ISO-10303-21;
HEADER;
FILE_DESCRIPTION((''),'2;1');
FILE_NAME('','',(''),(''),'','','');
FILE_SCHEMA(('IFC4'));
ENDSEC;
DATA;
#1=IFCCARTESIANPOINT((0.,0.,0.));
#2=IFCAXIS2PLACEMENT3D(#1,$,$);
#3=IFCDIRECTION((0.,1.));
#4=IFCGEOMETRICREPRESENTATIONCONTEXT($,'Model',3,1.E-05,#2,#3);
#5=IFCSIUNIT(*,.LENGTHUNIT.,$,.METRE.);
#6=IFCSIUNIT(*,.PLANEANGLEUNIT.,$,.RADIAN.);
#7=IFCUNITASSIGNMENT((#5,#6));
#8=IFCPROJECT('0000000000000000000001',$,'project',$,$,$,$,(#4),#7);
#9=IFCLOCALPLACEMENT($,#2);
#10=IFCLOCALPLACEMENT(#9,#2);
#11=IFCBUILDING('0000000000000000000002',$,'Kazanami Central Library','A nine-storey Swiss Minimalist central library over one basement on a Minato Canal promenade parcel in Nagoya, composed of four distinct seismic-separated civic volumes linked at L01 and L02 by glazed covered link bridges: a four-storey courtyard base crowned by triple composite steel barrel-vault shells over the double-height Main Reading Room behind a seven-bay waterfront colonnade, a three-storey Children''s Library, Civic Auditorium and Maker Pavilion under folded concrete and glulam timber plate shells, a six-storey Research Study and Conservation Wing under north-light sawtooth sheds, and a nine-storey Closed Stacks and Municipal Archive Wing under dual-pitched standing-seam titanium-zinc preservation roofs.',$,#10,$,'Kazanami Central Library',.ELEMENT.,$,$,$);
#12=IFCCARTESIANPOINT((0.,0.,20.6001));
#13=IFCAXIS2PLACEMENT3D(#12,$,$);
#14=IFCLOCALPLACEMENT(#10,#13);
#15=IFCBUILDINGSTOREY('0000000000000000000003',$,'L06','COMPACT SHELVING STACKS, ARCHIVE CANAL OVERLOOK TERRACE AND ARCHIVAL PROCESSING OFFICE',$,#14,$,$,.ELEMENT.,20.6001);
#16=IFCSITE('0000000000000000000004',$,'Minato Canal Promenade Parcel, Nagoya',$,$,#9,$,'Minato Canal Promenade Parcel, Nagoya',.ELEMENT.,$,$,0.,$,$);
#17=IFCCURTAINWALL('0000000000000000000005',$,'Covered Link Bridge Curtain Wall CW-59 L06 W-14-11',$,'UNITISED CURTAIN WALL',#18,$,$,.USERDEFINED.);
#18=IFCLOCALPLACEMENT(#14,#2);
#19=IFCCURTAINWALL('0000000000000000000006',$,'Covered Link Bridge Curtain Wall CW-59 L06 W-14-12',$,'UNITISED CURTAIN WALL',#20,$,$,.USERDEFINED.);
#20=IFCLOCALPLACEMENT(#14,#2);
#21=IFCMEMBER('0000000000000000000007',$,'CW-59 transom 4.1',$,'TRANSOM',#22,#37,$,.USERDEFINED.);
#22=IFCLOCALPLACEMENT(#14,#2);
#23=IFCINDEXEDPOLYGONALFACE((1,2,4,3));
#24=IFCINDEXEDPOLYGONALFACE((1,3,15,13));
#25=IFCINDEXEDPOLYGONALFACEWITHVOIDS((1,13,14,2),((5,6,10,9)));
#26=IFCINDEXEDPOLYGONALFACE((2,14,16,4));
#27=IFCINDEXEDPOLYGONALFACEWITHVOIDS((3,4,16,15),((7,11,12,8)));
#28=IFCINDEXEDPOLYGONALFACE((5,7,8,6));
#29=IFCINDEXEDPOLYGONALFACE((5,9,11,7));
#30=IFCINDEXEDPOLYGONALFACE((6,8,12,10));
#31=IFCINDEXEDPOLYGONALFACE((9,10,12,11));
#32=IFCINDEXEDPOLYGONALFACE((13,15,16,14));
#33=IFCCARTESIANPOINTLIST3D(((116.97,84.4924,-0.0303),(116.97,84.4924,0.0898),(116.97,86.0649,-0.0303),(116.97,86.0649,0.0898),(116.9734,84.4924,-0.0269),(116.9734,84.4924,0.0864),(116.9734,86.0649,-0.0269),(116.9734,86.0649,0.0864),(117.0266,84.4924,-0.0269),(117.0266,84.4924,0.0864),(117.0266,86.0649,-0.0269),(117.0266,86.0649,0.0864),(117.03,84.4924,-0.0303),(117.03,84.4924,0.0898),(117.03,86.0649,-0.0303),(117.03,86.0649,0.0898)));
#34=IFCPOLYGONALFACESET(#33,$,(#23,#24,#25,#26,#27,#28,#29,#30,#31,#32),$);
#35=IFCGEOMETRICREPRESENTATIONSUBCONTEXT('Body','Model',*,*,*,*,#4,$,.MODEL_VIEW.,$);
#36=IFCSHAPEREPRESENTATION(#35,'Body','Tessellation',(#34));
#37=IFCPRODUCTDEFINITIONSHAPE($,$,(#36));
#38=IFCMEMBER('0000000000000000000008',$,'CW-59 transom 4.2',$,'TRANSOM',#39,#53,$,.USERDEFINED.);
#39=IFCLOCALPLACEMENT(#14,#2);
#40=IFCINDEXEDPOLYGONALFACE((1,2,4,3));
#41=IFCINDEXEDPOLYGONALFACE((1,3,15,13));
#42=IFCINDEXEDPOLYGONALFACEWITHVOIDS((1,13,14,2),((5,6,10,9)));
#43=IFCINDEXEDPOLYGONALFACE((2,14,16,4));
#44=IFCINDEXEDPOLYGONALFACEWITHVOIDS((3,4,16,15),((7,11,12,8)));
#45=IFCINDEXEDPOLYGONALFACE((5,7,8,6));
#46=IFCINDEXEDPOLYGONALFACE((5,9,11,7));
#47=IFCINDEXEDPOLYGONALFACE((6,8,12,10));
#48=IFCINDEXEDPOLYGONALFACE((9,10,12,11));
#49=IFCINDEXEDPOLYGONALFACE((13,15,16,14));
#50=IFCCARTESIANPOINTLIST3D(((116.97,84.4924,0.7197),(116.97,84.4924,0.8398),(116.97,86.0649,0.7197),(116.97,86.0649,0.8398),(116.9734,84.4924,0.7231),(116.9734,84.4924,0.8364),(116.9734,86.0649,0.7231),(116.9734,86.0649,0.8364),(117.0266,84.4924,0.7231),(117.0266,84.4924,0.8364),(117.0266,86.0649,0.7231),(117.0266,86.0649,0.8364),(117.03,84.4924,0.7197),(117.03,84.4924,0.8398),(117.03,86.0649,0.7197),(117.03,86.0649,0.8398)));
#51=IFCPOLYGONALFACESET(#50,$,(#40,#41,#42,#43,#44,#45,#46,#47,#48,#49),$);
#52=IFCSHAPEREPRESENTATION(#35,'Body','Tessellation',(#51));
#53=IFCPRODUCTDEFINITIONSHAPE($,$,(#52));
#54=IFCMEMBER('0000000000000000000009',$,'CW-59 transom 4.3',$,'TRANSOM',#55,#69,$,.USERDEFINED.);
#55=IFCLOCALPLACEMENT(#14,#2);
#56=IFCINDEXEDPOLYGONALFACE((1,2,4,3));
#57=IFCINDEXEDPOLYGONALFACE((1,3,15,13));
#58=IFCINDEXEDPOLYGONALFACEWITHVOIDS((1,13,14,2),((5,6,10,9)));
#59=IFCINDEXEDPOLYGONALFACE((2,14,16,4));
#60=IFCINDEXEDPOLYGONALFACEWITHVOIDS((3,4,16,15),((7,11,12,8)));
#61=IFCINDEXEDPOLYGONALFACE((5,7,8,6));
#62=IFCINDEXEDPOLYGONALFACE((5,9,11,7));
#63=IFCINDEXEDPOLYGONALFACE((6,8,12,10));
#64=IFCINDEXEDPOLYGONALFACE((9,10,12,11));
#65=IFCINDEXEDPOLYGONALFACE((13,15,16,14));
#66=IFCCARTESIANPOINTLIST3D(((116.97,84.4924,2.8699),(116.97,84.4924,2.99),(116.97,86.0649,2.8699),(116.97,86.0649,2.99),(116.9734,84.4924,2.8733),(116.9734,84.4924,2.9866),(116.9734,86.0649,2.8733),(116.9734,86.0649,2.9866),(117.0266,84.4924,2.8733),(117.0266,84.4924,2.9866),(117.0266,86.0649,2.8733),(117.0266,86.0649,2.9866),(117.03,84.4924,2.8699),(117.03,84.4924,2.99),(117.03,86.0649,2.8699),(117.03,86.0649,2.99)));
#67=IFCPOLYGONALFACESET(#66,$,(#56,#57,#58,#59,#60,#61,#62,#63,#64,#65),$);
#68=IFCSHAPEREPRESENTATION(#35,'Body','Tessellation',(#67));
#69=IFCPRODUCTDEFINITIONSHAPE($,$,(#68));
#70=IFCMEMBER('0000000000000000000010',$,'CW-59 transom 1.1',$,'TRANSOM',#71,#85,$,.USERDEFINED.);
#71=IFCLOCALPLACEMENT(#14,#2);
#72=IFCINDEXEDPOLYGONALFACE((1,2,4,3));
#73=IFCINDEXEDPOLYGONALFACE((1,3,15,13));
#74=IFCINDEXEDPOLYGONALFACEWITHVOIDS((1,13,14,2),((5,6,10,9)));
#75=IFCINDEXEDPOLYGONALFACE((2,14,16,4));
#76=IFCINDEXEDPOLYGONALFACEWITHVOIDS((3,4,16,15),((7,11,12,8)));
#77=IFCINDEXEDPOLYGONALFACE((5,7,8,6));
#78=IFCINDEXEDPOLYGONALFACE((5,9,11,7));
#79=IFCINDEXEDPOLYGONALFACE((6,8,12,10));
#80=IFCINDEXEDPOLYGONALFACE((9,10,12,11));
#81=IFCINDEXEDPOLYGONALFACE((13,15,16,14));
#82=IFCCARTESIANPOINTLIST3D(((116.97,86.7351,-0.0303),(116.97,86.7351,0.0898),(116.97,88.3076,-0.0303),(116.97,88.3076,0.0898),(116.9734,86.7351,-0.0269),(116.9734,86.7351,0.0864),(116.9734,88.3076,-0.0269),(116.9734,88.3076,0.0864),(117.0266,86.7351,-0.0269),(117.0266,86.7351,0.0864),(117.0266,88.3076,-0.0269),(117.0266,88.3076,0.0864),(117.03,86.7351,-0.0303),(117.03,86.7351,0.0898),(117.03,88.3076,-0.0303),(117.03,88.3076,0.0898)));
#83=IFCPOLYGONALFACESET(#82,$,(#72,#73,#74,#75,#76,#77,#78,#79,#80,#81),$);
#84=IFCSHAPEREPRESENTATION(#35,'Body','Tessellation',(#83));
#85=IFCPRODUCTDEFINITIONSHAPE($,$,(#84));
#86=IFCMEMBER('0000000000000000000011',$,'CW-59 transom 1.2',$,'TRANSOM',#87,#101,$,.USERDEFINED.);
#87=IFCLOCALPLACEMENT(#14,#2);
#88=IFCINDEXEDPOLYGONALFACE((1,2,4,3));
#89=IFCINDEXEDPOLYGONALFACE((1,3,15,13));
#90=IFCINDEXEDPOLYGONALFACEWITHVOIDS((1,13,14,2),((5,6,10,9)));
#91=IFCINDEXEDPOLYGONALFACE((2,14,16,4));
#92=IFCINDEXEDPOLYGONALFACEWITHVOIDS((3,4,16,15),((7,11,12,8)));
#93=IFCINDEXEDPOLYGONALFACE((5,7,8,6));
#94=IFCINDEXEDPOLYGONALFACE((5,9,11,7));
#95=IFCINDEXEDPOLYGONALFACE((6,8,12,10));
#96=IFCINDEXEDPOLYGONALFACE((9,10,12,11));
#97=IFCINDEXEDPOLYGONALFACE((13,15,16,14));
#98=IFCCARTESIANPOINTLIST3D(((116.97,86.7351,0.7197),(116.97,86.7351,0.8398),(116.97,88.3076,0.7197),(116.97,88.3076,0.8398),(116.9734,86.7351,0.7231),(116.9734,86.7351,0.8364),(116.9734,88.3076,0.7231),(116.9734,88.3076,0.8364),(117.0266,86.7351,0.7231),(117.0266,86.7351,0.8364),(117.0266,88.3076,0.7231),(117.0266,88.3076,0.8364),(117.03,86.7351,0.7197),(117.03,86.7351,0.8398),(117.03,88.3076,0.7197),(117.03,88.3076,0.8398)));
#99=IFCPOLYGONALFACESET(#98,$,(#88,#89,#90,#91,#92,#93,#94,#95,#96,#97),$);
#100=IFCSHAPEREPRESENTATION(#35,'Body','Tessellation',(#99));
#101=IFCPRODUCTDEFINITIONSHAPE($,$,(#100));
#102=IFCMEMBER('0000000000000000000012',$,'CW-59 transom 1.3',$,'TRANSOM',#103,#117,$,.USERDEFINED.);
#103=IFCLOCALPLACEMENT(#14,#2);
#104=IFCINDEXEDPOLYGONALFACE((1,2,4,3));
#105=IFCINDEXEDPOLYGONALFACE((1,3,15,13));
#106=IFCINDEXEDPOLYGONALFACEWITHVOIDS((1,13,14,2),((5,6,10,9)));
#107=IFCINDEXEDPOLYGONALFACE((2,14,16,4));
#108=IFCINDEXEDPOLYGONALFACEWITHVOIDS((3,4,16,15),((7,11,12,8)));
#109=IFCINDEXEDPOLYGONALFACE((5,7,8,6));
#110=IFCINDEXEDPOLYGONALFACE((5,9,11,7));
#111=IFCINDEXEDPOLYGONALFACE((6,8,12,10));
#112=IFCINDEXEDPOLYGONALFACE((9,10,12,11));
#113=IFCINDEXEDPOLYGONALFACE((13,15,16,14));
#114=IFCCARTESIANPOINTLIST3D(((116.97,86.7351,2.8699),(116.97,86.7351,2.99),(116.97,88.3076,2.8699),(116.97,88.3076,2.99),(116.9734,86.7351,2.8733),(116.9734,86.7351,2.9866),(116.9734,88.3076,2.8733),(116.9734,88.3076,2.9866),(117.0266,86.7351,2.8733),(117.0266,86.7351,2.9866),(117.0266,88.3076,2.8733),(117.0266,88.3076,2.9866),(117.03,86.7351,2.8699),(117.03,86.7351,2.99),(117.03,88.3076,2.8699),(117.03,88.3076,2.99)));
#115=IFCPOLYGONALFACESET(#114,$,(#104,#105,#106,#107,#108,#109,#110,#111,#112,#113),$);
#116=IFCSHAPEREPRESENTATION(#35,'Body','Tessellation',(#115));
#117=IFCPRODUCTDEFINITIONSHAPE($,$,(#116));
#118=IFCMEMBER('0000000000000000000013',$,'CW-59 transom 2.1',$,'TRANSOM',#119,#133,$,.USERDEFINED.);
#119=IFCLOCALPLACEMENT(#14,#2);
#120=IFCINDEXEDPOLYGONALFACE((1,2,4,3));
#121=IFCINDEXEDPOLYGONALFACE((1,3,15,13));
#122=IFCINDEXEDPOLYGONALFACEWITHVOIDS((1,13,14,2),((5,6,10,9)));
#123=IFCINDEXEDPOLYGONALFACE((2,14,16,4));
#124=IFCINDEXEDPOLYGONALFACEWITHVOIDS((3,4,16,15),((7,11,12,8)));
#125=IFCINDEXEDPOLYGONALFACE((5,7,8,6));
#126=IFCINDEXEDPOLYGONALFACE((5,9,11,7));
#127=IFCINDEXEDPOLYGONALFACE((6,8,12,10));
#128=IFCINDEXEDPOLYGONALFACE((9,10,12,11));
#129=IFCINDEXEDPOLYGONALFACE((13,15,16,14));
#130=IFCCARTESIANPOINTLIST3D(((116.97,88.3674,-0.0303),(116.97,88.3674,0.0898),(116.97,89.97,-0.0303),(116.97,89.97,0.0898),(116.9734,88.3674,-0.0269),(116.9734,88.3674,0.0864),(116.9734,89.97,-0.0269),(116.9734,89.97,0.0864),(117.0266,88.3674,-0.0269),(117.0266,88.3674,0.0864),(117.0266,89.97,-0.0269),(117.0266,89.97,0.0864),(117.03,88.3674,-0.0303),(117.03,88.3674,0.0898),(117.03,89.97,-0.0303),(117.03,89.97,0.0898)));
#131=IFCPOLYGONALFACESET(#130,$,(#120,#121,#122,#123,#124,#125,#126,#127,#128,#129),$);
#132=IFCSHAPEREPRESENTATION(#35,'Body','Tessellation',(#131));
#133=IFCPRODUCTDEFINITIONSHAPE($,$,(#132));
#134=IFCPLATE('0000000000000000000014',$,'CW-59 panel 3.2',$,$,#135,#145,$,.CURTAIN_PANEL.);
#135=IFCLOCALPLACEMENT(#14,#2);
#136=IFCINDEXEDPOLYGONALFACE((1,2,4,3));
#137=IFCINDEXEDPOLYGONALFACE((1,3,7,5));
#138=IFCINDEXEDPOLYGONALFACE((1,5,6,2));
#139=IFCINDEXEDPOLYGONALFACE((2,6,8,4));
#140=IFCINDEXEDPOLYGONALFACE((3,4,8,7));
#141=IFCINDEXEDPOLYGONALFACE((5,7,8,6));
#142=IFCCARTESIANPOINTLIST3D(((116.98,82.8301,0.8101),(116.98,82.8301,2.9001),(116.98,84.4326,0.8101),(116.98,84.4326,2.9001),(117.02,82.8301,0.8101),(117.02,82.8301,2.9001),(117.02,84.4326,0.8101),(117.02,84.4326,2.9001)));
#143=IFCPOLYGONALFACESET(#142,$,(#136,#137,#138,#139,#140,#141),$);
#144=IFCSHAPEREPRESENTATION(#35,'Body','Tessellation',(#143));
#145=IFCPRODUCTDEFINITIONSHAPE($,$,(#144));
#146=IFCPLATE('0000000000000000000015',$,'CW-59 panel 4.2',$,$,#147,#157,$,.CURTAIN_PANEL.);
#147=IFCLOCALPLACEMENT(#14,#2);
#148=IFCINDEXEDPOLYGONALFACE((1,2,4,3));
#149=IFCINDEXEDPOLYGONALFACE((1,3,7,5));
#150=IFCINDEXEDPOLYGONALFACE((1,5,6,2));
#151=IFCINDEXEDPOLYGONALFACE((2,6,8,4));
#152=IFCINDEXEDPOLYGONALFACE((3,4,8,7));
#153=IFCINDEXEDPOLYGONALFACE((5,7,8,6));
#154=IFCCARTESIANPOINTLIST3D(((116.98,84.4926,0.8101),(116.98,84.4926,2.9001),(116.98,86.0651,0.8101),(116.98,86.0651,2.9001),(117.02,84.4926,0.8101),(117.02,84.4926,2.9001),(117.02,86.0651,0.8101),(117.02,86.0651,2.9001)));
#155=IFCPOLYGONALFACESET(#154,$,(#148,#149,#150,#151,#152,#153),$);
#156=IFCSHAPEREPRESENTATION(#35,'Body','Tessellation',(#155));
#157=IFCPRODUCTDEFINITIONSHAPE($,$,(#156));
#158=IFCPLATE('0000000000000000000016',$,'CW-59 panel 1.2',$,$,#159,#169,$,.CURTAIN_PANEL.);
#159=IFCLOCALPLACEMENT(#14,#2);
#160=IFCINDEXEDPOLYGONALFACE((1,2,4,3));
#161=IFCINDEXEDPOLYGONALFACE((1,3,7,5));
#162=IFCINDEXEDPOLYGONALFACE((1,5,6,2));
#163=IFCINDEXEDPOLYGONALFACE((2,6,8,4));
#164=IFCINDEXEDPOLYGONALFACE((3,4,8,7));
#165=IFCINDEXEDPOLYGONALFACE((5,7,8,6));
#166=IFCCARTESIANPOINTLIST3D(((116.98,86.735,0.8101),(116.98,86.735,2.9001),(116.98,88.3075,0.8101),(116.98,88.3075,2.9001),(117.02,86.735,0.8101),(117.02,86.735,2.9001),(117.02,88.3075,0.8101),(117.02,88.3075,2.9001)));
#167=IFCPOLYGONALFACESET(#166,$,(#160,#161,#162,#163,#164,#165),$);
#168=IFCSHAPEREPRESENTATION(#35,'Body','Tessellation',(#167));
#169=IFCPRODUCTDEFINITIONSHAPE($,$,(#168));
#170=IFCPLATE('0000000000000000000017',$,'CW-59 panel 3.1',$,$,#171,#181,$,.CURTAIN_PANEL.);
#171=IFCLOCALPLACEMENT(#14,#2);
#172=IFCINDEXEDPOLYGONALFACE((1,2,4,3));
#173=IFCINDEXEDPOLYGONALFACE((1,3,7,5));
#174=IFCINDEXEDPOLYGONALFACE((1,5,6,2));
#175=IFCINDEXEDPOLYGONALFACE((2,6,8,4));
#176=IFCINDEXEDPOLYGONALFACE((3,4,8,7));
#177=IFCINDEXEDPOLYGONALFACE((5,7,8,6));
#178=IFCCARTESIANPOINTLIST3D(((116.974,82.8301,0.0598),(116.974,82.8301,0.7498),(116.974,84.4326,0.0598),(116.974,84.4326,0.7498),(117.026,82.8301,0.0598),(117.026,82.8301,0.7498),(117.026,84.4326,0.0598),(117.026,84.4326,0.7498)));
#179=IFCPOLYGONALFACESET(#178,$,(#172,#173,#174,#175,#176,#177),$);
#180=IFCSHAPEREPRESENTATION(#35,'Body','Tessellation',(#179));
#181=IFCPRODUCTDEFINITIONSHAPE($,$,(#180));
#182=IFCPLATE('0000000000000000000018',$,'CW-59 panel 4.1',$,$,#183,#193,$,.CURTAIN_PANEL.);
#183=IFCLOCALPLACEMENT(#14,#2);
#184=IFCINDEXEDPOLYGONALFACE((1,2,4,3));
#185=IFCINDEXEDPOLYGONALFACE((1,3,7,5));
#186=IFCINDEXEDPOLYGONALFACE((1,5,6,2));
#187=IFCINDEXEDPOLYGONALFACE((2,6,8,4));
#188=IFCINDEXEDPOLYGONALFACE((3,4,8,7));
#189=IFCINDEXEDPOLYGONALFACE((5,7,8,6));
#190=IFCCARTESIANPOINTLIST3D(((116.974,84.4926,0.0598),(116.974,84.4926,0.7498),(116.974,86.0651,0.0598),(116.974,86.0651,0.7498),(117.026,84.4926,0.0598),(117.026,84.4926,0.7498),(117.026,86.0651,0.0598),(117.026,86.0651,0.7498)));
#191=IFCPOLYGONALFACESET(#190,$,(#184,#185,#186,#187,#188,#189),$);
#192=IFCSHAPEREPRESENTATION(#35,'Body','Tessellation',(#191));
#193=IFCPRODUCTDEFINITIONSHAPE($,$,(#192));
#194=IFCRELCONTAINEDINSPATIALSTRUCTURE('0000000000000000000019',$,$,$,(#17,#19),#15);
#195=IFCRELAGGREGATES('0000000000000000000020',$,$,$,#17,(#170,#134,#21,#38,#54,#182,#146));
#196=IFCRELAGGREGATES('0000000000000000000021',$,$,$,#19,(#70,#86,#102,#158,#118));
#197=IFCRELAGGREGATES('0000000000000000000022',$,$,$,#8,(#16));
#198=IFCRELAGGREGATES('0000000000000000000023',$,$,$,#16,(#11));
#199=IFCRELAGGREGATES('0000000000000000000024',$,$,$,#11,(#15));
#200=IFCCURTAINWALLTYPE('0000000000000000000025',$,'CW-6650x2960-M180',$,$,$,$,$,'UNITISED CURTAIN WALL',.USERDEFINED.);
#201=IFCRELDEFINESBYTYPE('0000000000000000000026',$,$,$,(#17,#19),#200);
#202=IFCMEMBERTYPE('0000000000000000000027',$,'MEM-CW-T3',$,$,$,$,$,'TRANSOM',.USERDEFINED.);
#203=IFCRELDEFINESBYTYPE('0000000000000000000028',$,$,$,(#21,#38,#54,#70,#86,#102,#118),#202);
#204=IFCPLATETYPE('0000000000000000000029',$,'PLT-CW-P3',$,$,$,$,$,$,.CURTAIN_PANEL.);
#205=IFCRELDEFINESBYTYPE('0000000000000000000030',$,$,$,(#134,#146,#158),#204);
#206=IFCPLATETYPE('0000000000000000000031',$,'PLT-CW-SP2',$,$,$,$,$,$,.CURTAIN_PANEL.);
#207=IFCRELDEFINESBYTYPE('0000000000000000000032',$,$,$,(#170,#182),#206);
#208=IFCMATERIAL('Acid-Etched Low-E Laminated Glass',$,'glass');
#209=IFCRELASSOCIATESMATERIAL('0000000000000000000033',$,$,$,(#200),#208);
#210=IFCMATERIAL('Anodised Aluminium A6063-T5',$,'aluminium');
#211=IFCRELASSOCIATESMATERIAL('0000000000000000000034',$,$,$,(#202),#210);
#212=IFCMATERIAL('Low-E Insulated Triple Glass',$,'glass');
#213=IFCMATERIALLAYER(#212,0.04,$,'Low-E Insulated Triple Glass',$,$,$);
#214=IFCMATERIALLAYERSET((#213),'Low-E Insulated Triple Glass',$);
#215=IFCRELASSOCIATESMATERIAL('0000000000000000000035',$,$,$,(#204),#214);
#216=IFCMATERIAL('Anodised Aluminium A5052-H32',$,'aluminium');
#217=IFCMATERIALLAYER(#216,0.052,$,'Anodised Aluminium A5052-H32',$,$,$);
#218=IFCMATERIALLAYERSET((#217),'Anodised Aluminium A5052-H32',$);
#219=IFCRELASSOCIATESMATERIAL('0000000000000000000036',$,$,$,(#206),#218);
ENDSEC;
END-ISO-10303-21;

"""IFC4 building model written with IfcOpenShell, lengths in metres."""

from ifc_helpers import new_model, si_unit, direction, frame, origin, origin_2d, place, context, subcontext, project, spatial, rectangle, hollow_rectangle, extrude, material, layer, layer_set, material_profile, profile_set, type_object, element, aggregate, save


model = new_model("IFC4")

# Units and contexts
model_context = context("Model", 3, precision=1e-05, world=origin(), true_north=direction((0.0, 1.0)))
body_context = subcontext(model_context, "Body", "Model", "MODEL_VIEW")
ifc_project = project(units=[si_unit("LENGTHUNIT", "METRE"), si_unit("PLANEANGLEUNIT", "RADIAN")], contexts=[model_context])

# Site, building, storey
site_placement = place(None, origin())
site = spatial("IfcSite", under=ifc_project, at=site_placement, Name="Minato Canal Promenade Parcel, Nagoya", LongName="Minato Canal Promenade Parcel, Nagoya", CompositionType="ELEMENT", RefElevation=0.0)
building_placement = place(site_placement, origin())
building = spatial("IfcBuilding", under=site, at=building_placement, Name="Kazanami Central Library", Description="A nine-storey Swiss Minimalist central library over one basement on a Minato Canal promenade parcel in Nagoya, composed of four distinct seismic-separated civic volumes linked at L01 and L02 by glazed covered link bridges: a four-storey courtyard base crowned by triple composite steel barrel-vault shells over the double-height Main Reading Room behind a seven-bay waterfront colonnade, a three-storey Children's Library, Civic Auditorium and Maker Pavilion under folded concrete and glulam timber plate shells, a six-storey Research Study and Conservation Wing under north-light sawtooth sheds, and a nine-storey Closed Stacks and Municipal Archive Wing under dual-pitched standing-seam titanium-zinc preservation roofs.", LongName="Kazanami Central Library", CompositionType="ELEMENT")
storey_placement = place(building_placement, frame((0.0, 0.0, 20.6001)))
storey = spatial("IfcBuildingStorey", under=building, at=storey_placement, Name="L06", Description="COMPACT SHELVING STACKS, ARCHIVE CANAL OVERLOOK TERRACE AND ARCHIVAL PROCESSING OFFICE", CompositionType="ELEMENT", Elevation=20.6001)

# Curtain walls
ifc_material_1 = material(Name="Acid-Etched Low-E Laminated Glass", Category="glass")
curtain_wall_type = type_object("IfcCurtainWallType", Name="CW-6650x2960-M180", ElementType="UNITISED CURTAIN WALL", PredefinedType="USERDEFINED", material=ifc_material_1)
curtain_wall_1_placement = place(storey_placement, origin())
curtain_wall_1 = element("IfcCurtainWall", 1, at=curtain_wall_1_placement, inside=storey, type_object=curtain_wall_type, Name="Covered Link Bridge Curtain Wall CW-59 L06 W-14-11", ObjectType="UNITISED CURTAIN WALL", PredefinedType="USERDEFINED")
ifc_material_2 = material(Name="Anodised Aluminium A6063-T5", Category="aluminium")
curtain_wall_2_placement = place(storey_placement, origin())
curtain_wall_2 = element("IfcCurtainWall", 2, at=curtain_wall_2_placement, inside=storey, type_object=curtain_wall_type, Name="Covered Link Bridge Curtain Wall CW-59 L06 W-14-12", ObjectType="UNITISED CURTAIN WALL", PredefinedType="USERDEFINED")

# Members
ifc_material_profile_1 = material_profile(ifc_material_2, hollow_rectangle(XDim=0.0601, YDim=0.1201, WallThickness=0.0034, at=origin_2d()), Name="ALU-TRAN-60x120x3.5")
ifc_profile_set_1 = profile_set([ifc_material_profile_1], Name="Anodised Aluminium A6063-T5")
member_type_1 = type_object("IfcMemberType", Name="MEM-CW-T3", ElementType="TRANSOM", PredefinedType="USERDEFINED", material=ifc_profile_set_1)
member_1_placement = place(storey_placement, frame((117.0, 84.4924, 0.0298), z_axis=(0.0, 1.0, 0.0), x_axis=(-1.0, 0.0, 0.0)))
member_1 = element("IfcMember", 3, at=member_1_placement, type_object=member_type_1, Name="CW-59 transom 4.1", ObjectType="TRANSOM", PredefinedType="USERDEFINED", context=body_context, shape_type="SweptSolid", body=[
    extrude(hollow_rectangle(XDim=0.0601, YDim=0.1201, WallThickness=0.0034, at=origin_2d()), origin(), (0.0, 0.0, 1.0), 1.5725),
])
member_2_placement = place(storey_placement, frame((117.0, 84.4924, 0.7798), z_axis=(0.0, 1.0, 0.0), x_axis=(-1.0, 0.0, 0.0)))
member_2 = element("IfcMember", 4, at=member_2_placement, type_object=member_type_1, Name="CW-59 transom 4.2", ObjectType="TRANSOM", PredefinedType="USERDEFINED", context=body_context, shape_type="SweptSolid", body=[
    extrude(hollow_rectangle(XDim=0.0601, YDim=0.1201, WallThickness=0.0034, at=origin_2d()), origin(), (0.0, 0.0, 1.0), 1.5725),
])
member_3_placement = place(storey_placement, frame((117.0, 84.4924, 2.9299), z_axis=(0.0, 1.0, 0.0), x_axis=(-1.0, 0.0, 0.0)))
member_3 = element("IfcMember", 5, at=member_3_placement, type_object=member_type_1, Name="CW-59 transom 4.3", ObjectType="TRANSOM", PredefinedType="USERDEFINED", context=body_context, shape_type="SweptSolid", body=[
    extrude(hollow_rectangle(XDim=0.0601, YDim=0.1201, WallThickness=0.0034, at=origin_2d()), origin(), (0.0, 0.0, 1.0), 1.5725),
])
member_4_placement = place(storey_placement, frame((117.0, 86.7351, 0.0298), z_axis=(0.0, 1.0, 0.0), x_axis=(-1.0, 0.0, 0.0)))
member_4 = element("IfcMember", 6, at=member_4_placement, type_object=member_type_1, Name="CW-59 transom 1.1", ObjectType="TRANSOM", PredefinedType="USERDEFINED", context=body_context, shape_type="SweptSolid", body=[
    extrude(hollow_rectangle(XDim=0.0601, YDim=0.1201, WallThickness=0.0034, at=origin_2d()), origin(), (0.0, 0.0, 1.0), 1.5725),
])
member_5_placement = place(storey_placement, frame((117.0, 86.7351, 0.7798), z_axis=(0.0, 1.0, 0.0), x_axis=(-1.0, 0.0, 0.0)))
member_5 = element("IfcMember", 7, at=member_5_placement, type_object=member_type_1, Name="CW-59 transom 1.2", ObjectType="TRANSOM", PredefinedType="USERDEFINED", context=body_context, shape_type="SweptSolid", body=[
    extrude(hollow_rectangle(XDim=0.0601, YDim=0.1201, WallThickness=0.0034, at=origin_2d()), origin(), (0.0, 0.0, 1.0), 1.5725),
])
member_6_placement = place(storey_placement, frame((117.0, 86.7351, 2.9299), z_axis=(0.0, 1.0, 0.0), x_axis=(-1.0, 0.0, 0.0)))
member_6 = element("IfcMember", 8, at=member_6_placement, type_object=member_type_1, Name="CW-59 transom 1.3", ObjectType="TRANSOM", PredefinedType="USERDEFINED", context=body_context, shape_type="SweptSolid", body=[
    extrude(hollow_rectangle(XDim=0.0601, YDim=0.1201, WallThickness=0.0034, at=origin_2d()), origin(), (0.0, 0.0, 1.0), 1.5725),
])
member_7_placement = place(storey_placement, frame((117.0, 88.3674, 0.0298), z_axis=(0.0, 1.0, 0.0), x_axis=(-1.0, 0.0, 0.0)))
member_7 = element("IfcMember", 9, at=member_7_placement, type_object=member_type_1, Name="CW-59 transom 2.1", ObjectType="TRANSOM", PredefinedType="USERDEFINED", context=body_context, shape_type="SweptSolid", body=[
    extrude(hollow_rectangle(XDim=0.0601, YDim=0.1201, WallThickness=0.0034, at=origin_2d()), origin(), (0.0, 0.0, 1.0), 1.6025),
])

# Plates
ifc_material_3 = material(Name="Low-E Insulated Triple Glass", Category="glass")
ifc_layer_1 = layer(ifc_material_3, 0.04, Name="Low-E Insulated Triple Glass")
ifc_layer_set_1 = layer_set([ifc_layer_1], Name="Low-E Insulated Triple Glass")
plate_type_1 = type_object("IfcPlateType", Name="PLT-CW-P3", PredefinedType="CURTAIN_PANEL", material=ifc_layer_set_1)
plate_1_placement = place(storey_placement, frame((117.0, 83.6313, 0.8101), z_axis=(0.0, 0.0, 1.0), x_axis=(0.0, 1.0, 0.0)))
plate_1 = element("IfcPlate", 10, at=plate_1_placement, type_object=plate_type_1, Name="CW-59 panel 3.2", PredefinedType="CURTAIN_PANEL", context=body_context, shape_type="SweptSolid", body=[
    extrude(rectangle(XDim=1.6025, YDim=0.04, at=origin_2d()), origin(), (0.0, 0.0, 1.0), 2.0901),
])
plate_2_placement = place(storey_placement, frame((117.0, 85.2788, 0.8101), z_axis=(0.0, 0.0, 1.0), x_axis=(0.0, 1.0, 0.0)))
plate_2 = element("IfcPlate", 11, at=plate_2_placement, type_object=plate_type_1, Name="CW-59 panel 4.2", PredefinedType="CURTAIN_PANEL", context=body_context, shape_type="SweptSolid", body=[
    extrude(rectangle(XDim=1.5725, YDim=0.04, at=origin_2d()), origin(), (0.0, 0.0, 1.0), 2.0901),
])
plate_3_placement = place(storey_placement, frame((117.0, 87.5212, 0.8101), z_axis=(0.0, 0.0, 1.0), x_axis=(0.0, 1.0, 0.0)))
plate_3 = element("IfcPlate", 12, at=plate_3_placement, type_object=plate_type_1, Name="CW-59 panel 1.2", PredefinedType="CURTAIN_PANEL", context=body_context, shape_type="SweptSolid", body=[
    extrude(rectangle(XDim=1.5725, YDim=0.04, at=origin_2d()), origin(), (0.0, 0.0, 1.0), 2.0901),
])
ifc_material_4 = material(Name="Anodised Aluminium A5052-H32", Category="aluminium")
ifc_layer_2 = layer(ifc_material_4, 0.052, Name="Anodised Aluminium A5052-H32")
ifc_layer_set_2 = layer_set([ifc_layer_2], Name="Anodised Aluminium A5052-H32")
plate_type_2 = type_object("IfcPlateType", Name="PLT-CW-SP2", PredefinedType="CURTAIN_PANEL", material=ifc_layer_set_2)
plate_4_placement = place(storey_placement, frame((117.0, 83.6313, 0.0598), z_axis=(0.0, 0.0, 1.0), x_axis=(0.0, 1.0, 0.0)))
plate_4 = element("IfcPlate", 13, at=plate_4_placement, type_object=plate_type_2, Name="CW-59 panel 3.1", PredefinedType="CURTAIN_PANEL", context=body_context, shape_type="SweptSolid", body=[
    extrude(rectangle(XDim=1.6025, YDim=0.052, at=origin_2d()), origin(), (0.0, 0.0, 1.0), 0.6899),
])
plate_5_placement = place(storey_placement, frame((117.0, 85.2788, 0.0598), z_axis=(0.0, 0.0, 1.0), x_axis=(0.0, 1.0, 0.0)))
plate_5 = element("IfcPlate", 14, at=plate_5_placement, type_object=plate_type_2, Name="CW-59 panel 4.1", PredefinedType="CURTAIN_PANEL", context=body_context, shape_type="SweptSolid", body=[
    extrude(rectangle(XDim=1.5725, YDim=0.052, at=origin_2d()), origin(), (0.0, 0.0, 1.0), 0.6899),
])
aggregate(curtain_wall_1, [plate_4, plate_1, member_1, member_2, member_3, plate_5, plate_2])
aggregate(curtain_wall_2, [member_4, member_5, member_6, plate_3, member_7])

save(model, "model.ifc")
